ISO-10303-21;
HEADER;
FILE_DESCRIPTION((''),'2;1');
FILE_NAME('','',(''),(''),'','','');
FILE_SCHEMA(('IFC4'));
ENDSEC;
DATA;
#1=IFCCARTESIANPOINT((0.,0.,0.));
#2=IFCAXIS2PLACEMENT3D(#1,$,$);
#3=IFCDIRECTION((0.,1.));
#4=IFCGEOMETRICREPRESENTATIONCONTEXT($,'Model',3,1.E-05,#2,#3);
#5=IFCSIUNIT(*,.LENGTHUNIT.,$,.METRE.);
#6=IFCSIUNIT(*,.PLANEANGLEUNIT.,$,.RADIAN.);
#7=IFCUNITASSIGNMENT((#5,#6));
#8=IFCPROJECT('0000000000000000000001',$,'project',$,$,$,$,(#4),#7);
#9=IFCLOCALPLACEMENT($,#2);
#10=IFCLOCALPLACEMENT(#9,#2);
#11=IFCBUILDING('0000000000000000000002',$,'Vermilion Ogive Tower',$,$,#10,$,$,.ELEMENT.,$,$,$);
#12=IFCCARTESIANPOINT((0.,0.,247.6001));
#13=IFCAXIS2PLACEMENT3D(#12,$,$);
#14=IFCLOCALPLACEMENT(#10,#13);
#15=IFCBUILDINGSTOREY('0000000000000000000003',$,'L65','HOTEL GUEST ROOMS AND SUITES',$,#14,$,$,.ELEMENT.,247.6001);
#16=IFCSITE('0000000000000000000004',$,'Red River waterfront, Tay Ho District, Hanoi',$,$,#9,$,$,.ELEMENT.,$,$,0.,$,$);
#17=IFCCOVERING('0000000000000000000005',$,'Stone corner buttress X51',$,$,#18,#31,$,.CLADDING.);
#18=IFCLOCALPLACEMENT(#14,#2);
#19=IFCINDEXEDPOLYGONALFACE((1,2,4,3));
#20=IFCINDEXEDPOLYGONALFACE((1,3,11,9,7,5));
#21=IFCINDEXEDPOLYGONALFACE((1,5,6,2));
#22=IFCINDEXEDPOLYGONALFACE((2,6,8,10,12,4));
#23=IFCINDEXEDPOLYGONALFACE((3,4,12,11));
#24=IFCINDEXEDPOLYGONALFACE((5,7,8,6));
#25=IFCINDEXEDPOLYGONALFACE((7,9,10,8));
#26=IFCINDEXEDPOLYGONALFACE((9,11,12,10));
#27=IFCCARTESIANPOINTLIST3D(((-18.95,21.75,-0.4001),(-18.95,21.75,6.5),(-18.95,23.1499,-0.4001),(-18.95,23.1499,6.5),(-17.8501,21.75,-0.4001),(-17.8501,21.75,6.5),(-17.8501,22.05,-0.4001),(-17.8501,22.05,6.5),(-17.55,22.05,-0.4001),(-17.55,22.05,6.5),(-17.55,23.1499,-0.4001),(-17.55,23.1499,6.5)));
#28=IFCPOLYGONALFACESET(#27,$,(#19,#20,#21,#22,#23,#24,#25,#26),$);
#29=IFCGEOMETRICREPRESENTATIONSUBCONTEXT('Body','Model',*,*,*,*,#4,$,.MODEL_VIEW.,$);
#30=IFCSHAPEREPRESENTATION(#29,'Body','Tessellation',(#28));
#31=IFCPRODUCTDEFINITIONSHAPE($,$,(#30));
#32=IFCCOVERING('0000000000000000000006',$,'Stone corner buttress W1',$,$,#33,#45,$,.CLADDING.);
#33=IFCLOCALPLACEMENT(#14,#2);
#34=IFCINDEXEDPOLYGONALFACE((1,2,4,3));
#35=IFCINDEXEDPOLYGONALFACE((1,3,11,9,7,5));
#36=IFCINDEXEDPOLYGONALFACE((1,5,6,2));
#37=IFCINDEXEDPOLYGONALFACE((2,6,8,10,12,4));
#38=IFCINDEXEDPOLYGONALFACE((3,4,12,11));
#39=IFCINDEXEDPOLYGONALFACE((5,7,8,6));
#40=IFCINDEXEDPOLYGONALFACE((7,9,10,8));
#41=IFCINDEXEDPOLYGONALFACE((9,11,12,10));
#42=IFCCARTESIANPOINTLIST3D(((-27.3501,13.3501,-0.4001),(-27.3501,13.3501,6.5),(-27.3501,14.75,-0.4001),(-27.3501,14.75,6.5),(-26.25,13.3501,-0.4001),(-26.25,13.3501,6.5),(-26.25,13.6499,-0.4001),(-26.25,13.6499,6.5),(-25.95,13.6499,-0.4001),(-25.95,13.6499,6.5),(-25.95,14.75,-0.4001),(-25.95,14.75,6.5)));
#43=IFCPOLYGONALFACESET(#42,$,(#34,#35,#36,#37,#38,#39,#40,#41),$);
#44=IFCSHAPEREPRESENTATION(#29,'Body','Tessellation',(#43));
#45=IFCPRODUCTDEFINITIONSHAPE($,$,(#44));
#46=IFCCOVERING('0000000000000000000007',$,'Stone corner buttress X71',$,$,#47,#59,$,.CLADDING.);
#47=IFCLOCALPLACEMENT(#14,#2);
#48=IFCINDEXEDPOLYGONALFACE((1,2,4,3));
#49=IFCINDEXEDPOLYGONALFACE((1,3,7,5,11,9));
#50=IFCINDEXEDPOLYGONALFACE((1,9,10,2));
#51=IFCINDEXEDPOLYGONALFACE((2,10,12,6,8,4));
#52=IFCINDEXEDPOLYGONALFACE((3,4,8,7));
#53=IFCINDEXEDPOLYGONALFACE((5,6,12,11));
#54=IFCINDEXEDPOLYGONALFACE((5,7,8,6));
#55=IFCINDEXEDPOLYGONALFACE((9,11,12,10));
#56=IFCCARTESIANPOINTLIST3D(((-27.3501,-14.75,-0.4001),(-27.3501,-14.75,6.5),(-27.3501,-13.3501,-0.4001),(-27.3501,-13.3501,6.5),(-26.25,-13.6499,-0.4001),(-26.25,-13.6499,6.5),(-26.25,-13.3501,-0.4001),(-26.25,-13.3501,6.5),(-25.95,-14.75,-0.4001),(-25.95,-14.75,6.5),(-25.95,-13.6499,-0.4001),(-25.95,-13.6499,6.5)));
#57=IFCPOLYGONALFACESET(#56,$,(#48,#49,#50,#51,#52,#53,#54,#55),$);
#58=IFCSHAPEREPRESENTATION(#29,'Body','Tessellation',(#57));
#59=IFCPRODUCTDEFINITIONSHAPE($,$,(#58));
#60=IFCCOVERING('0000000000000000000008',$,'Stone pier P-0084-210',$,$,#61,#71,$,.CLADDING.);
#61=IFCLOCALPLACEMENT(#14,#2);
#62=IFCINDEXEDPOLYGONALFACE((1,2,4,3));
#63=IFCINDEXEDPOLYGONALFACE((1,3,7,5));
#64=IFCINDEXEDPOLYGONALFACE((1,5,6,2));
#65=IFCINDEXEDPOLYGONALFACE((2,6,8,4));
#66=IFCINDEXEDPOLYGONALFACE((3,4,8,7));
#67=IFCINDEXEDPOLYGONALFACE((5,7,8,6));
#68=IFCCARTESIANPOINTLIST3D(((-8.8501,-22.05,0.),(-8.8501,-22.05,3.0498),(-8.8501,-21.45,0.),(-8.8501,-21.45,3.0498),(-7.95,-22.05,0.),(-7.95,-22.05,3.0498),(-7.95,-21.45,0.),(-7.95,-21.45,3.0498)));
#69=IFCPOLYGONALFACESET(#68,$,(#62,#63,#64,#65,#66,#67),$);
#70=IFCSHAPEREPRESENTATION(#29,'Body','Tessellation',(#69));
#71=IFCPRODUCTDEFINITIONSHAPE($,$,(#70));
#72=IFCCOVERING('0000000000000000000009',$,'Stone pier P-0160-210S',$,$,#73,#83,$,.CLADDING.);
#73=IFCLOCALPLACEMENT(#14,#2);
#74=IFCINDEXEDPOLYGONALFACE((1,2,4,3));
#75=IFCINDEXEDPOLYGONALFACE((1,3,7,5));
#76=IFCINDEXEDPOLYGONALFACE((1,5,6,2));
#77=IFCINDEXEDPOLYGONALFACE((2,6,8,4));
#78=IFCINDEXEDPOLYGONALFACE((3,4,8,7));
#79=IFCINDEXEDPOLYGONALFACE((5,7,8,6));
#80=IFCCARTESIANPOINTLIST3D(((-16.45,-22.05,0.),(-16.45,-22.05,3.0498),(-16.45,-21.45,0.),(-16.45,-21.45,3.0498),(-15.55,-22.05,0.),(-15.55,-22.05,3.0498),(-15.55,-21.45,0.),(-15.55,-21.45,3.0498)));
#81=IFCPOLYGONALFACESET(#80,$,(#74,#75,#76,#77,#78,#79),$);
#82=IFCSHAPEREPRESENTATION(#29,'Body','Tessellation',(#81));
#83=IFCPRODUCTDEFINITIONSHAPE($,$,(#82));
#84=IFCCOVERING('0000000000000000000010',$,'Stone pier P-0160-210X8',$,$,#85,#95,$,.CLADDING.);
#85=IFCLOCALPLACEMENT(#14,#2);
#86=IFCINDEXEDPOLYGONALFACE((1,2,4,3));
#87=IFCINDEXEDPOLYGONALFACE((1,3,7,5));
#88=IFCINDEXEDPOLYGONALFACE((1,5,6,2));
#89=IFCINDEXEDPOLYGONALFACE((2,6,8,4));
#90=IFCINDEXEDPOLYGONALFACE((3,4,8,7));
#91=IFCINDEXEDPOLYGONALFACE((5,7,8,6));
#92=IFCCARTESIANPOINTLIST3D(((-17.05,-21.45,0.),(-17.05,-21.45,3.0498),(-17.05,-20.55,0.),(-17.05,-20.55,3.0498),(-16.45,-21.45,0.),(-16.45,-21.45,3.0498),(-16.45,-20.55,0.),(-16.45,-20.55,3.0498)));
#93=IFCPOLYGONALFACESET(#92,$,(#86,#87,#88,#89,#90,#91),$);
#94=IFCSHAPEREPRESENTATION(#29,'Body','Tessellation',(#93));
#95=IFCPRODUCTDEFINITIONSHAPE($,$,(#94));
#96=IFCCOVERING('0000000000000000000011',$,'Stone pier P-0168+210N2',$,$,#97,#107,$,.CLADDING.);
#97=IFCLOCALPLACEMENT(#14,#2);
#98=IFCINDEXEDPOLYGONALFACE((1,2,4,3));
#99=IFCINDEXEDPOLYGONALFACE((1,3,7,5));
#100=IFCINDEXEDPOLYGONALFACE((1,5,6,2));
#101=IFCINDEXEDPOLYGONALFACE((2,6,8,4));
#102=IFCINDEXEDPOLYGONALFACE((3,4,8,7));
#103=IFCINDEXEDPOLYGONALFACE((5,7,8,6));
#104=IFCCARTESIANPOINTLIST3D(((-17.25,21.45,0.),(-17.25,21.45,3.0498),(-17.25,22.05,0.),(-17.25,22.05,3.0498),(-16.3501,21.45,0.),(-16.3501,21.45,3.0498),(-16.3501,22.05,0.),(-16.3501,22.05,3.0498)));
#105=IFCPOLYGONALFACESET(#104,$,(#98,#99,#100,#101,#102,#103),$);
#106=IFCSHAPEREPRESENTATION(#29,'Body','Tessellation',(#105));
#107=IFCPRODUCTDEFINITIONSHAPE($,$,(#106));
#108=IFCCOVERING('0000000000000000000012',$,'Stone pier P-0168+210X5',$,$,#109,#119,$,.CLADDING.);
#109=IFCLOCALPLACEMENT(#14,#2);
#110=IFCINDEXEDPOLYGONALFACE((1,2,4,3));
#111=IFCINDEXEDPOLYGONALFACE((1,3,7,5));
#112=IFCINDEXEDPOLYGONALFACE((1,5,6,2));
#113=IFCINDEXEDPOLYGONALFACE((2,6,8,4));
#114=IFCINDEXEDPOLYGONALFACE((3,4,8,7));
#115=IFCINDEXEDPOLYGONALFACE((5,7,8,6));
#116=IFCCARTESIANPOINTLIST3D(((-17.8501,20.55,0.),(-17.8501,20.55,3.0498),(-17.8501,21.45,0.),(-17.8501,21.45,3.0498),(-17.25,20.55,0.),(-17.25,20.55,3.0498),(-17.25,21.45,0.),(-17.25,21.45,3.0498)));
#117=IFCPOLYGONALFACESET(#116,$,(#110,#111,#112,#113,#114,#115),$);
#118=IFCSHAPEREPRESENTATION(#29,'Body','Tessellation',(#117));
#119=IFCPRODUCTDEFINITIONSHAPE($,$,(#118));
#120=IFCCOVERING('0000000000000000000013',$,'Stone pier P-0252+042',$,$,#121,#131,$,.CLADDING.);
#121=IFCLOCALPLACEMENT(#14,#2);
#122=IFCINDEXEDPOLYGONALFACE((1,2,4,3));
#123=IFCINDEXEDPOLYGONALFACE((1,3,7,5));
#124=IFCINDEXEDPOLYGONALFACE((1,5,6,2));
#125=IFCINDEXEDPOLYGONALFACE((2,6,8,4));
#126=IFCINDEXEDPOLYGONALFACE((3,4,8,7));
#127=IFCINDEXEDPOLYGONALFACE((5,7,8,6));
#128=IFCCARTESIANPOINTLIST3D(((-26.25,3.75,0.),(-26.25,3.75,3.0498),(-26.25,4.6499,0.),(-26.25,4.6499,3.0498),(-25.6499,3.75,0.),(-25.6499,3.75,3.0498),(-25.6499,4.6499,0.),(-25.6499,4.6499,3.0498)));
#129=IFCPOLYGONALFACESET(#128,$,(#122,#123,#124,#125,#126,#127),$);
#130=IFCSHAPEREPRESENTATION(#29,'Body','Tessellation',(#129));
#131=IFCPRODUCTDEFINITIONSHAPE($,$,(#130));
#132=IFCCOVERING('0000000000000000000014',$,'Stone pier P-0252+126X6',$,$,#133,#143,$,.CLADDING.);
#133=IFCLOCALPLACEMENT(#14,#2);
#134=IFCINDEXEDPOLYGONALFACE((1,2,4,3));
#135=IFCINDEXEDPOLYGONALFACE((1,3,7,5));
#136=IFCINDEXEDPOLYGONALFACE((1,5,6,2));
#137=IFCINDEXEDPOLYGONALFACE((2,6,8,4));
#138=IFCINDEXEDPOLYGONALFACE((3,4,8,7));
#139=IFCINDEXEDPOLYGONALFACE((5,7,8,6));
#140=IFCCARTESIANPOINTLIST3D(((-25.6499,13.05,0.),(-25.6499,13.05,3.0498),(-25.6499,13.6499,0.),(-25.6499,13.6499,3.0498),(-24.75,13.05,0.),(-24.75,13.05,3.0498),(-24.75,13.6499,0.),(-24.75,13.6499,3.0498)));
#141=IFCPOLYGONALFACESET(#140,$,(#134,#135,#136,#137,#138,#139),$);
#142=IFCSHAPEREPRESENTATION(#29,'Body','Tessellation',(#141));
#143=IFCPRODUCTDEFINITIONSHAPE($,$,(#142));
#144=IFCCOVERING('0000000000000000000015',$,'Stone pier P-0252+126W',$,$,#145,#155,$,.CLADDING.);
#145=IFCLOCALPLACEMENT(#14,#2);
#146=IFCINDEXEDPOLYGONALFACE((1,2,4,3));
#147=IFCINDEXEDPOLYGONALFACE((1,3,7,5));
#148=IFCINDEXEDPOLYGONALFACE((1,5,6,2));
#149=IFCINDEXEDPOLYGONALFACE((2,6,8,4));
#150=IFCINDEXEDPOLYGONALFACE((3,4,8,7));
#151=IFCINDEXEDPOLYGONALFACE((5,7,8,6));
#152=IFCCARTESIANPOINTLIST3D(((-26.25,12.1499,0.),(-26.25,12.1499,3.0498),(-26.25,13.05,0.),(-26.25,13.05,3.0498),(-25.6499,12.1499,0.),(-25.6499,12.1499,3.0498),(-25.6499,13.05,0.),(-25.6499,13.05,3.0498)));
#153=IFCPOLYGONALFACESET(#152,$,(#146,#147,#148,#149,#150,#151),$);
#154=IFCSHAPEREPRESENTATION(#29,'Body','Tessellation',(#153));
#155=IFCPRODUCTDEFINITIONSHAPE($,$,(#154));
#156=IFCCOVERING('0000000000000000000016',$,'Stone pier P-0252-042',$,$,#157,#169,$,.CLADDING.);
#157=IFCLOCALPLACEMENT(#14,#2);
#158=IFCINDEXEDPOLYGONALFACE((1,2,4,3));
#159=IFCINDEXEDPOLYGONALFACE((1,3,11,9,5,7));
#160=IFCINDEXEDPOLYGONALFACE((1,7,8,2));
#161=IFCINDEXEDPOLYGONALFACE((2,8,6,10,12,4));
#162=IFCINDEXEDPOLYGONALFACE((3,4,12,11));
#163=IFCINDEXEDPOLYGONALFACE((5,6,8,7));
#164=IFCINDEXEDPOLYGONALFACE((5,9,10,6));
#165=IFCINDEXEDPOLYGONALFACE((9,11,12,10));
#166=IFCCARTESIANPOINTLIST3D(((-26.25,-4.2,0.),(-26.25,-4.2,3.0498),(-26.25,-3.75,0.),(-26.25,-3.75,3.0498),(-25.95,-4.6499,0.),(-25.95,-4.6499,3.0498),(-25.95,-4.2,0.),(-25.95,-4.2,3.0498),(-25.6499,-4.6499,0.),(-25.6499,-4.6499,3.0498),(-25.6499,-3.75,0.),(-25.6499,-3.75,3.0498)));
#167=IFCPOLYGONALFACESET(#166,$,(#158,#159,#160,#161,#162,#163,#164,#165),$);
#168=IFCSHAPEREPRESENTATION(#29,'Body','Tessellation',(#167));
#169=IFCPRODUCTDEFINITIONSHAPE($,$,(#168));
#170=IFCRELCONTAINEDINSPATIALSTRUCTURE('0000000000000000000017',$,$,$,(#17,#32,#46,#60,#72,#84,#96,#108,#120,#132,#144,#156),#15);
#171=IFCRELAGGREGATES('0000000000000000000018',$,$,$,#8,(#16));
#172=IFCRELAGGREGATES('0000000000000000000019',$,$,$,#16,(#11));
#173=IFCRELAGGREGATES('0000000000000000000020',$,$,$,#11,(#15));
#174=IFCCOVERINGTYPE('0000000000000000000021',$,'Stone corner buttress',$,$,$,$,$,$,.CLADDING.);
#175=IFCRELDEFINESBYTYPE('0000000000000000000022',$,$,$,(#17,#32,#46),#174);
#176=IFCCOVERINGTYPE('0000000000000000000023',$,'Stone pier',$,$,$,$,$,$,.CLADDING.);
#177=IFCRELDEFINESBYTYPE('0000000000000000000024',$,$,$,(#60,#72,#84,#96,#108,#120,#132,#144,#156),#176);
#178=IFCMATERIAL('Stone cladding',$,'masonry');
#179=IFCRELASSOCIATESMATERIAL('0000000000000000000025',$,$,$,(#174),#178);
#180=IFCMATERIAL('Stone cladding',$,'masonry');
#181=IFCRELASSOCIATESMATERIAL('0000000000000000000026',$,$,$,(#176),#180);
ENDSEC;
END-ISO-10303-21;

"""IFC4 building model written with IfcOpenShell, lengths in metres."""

from ifc_helpers import new_model, si_unit, direction, frame, origin, place, context, subcontext, project, spatial, polyline, outline, extrude, material, type_object, element, save


model = new_model("IFC4")

# Units and contexts
model_context = context("Model", 3, precision=1e-05, world=origin(), true_north=direction((0.0, 1.0)))
body_context = subcontext(model_context, "Body", "Model", "MODEL_VIEW")
ifc_project = project(units=[si_unit("LENGTHUNIT", "METRE"), si_unit("PLANEANGLEUNIT", "RADIAN")], contexts=[model_context])

# Site, building, storey
site_placement = place(None, origin())
site = spatial("IfcSite", under=ifc_project, at=site_placement, Name="Red River waterfront, Tay Ho District, Hanoi", CompositionType="ELEMENT", RefElevation=0.0)
building_placement = place(site_placement, origin())
building = spatial("IfcBuilding", under=site, at=building_placement, Name="Vermilion Ogive Tower", CompositionType="ELEMENT")
storey_placement = place(building_placement, frame((0.0, 0.0, 247.6001)))
storey = spatial("IfcBuildingStorey", under=building, at=storey_placement, Name="L65", Description="HOTEL GUEST ROOMS AND SUITES", CompositionType="ELEMENT", Elevation=247.6001)

# Coverings
ifc_material_1 = material(Name="Stone cladding", Category="masonry")
covering_type_1 = type_object("IfcCoveringType", Name="Stone corner buttress", PredefinedType="CLADDING", material=ifc_material_1)
covering_1_placement = place(storey_placement, frame((0.0, 0.0, -0.4001)))
element("IfcCovering", 1, at=covering_1_placement, inside=storey, type_object=covering_type_1, Name="Stone corner buttress X51", PredefinedType="CLADDING", context=body_context, shape_type="SweptSolid", body=[
    extrude(outline(polyline([(-17.55, 23.1499), (-17.55, 22.05), (-17.8501, 22.05), (-17.8501, 21.75), (-18.95, 21.75), (-18.95, 23.1499), (-17.55, 23.1499)])), origin(), (0.0, 0.0, 1.0), 6.9001),
])
covering_2_placement = place(storey_placement, frame((0.0, 0.0, -0.4001)))
element("IfcCovering", 2, at=covering_2_placement, inside=storey, type_object=covering_type_1, Name="Stone corner buttress W1", PredefinedType="CLADDING", context=body_context, shape_type="SweptSolid", body=[
    extrude(outline(polyline([(-26.25, 13.6499), (-26.25, 13.3501), (-27.3501, 13.3501), (-27.3501, 14.75), (-25.95, 14.75), (-25.95, 13.6499), (-26.25, 13.6499)])), origin(), (0.0, 0.0, 1.0), 6.9001),
])
covering_3_placement = place(storey_placement, frame((0.0, 0.0, -0.4001)))
element("IfcCovering", 3, at=covering_3_placement, inside=storey, type_object=covering_type_1, Name="Stone corner buttress X71", PredefinedType="CLADDING", context=body_context, shape_type="SweptSolid", body=[
    extrude(outline(polyline([(-26.25, -13.3501), (-26.25, -13.6499), (-25.95, -13.6499), (-25.95, -14.75), (-27.3501, -14.75), (-27.3501, -13.3501), (-26.25, -13.3501)])), origin(), (0.0, 0.0, 1.0), 6.9001),
])
ifc_material_2 = material(Name="Stone cladding", Category="masonry")
covering_type_2 = type_object("IfcCoveringType", Name="Stone pier", PredefinedType="CLADDING", material=ifc_material_2)
covering_4_placement = place(storey_placement, origin())
element("IfcCovering", 4, at=covering_4_placement, inside=storey, type_object=covering_type_2, Name="Stone pier P-0084-210", PredefinedType="CLADDING", context=body_context, shape_type="SweptSolid", body=[
    extrude(outline(polyline([(-7.95, -21.45), (-7.95, -22.05), (-8.8501, -22.05), (-8.8501, -21.45), (-8.8501, -21.45), (-7.95, -21.45)])), origin(), (0.0, 0.0, 1.0), 3.0498),
])
covering_5_placement = place(storey_placement, origin())
element("IfcCovering", 5, at=covering_5_placement, inside=storey, type_object=covering_type_2, Name="Stone pier P-0160-210S", PredefinedType="CLADDING", context=body_context, shape_type="SweptSolid", body=[
    extrude(outline(polyline([(-15.55, -22.05), (-16.45, -22.05), (-16.45, -21.45), (-15.55, -21.45), (-15.55, -22.05)])), origin(), (0.0, 0.0, 1.0), 3.0498),
])
covering_6_placement = place(storey_placement, origin())
element("IfcCovering", 6, at=covering_6_placement, inside=storey, type_object=covering_type_2, Name="Stone pier P-0160-210X8", PredefinedType="CLADDING", context=body_context, shape_type="SweptSolid", body=[
    extrude(outline(polyline([(-17.05, -20.55), (-16.45, -20.55), (-16.45, -21.45), (-17.05, -21.45), (-17.05, -20.55)])), origin(), (0.0, 0.0, 1.0), 3.0498),
])
covering_7_placement = place(storey_placement, origin())
element("IfcCovering", 7, at=covering_7_placement, inside=storey, type_object=covering_type_2, Name="Stone pier P-0168+210N2", PredefinedType="CLADDING", context=body_context, shape_type="SweptSolid", body=[
    extrude(outline(polyline([(-17.25, 21.45), (-17.25, 22.05), (-16.3501, 22.05), (-16.3501, 21.45), (-17.25, 21.45), (-17.25, 21.45)])), origin(), (0.0, 0.0, 1.0), 3.0498),
])
covering_8_placement = place(storey_placement, origin())
element("IfcCovering", 8, at=covering_8_placement, inside=storey, type_object=covering_type_2, Name="Stone pier P-0168+210X5", PredefinedType="CLADDING", context=body_context, shape_type="SweptSolid", body=[
    extrude(outline(polyline([(-17.8501, 21.45), (-17.25, 21.45), (-17.25, 21.45), (-17.25, 20.55), (-17.8501, 20.55), (-17.8501, 21.45)])), origin(), (0.0, 0.0, 1.0), 3.0498),
])
covering_9_placement = place(storey_placement, origin())
element("IfcCovering", 9, at=covering_9_placement, inside=storey, type_object=covering_type_2, Name="Stone pier P-0252+042", PredefinedType="CLADDING", context=body_context, shape_type="SweptSolid", body=[
    extrude(outline(polyline([(-26.25, 3.75), (-26.25, 4.6499), (-25.6499, 4.6499), (-25.6499, 3.75), (-26.25, 3.75)])), origin(), (0.0, 0.0, 1.0), 3.0498),
])
covering_10_placement = place(storey_placement, origin())
element("IfcCovering", 10, at=covering_10_placement, inside=storey, type_object=covering_type_2, Name="Stone pier P-0252+126X6", PredefinedType="CLADDING", context=body_context, shape_type="SweptSolid", body=[
    extrude(outline(polyline([(-25.6499, 13.05), (-25.6499, 13.6499), (-24.75, 13.6499), (-24.75, 13.05), (-24.75, 13.05), (-25.6499, 13.05)])), origin(), (0.0, 0.0, 1.0), 3.0498),
])
covering_11_placement = place(storey_placement, origin())
element("IfcCovering", 11, at=covering_11_placement, inside=storey, type_object=covering_type_2, Name="Stone pier P-0252+126W", PredefinedType="CLADDING", context=body_context, shape_type="SweptSolid", body=[
    extrude(outline(polyline([(-26.25, 13.05), (-25.6499, 13.05), (-25.6499, 12.1499), (-26.25, 12.1499), (-26.25, 13.05)])), origin(), (0.0, 0.0, 1.0), 3.0498),
])
covering_12_placement = place(storey_placement, origin())
element("IfcCovering", 12, at=covering_12_placement, inside=storey, type_object=covering_type_2, Name="Stone pier P-0252-042", PredefinedType="CLADDING", context=body_context, shape_type="SweptSolid", body=[
    extrude(outline(polyline([(-25.95, -4.6499), (-25.95, -4.2), (-26.25, -4.2), (-26.25, -3.75), (-25.6499, -3.75), (-25.6499, -4.6499), (-25.95, -4.6499)])), origin(), (0.0, 0.0, 1.0), 3.0498),
])

save(model, "model.ifc")
